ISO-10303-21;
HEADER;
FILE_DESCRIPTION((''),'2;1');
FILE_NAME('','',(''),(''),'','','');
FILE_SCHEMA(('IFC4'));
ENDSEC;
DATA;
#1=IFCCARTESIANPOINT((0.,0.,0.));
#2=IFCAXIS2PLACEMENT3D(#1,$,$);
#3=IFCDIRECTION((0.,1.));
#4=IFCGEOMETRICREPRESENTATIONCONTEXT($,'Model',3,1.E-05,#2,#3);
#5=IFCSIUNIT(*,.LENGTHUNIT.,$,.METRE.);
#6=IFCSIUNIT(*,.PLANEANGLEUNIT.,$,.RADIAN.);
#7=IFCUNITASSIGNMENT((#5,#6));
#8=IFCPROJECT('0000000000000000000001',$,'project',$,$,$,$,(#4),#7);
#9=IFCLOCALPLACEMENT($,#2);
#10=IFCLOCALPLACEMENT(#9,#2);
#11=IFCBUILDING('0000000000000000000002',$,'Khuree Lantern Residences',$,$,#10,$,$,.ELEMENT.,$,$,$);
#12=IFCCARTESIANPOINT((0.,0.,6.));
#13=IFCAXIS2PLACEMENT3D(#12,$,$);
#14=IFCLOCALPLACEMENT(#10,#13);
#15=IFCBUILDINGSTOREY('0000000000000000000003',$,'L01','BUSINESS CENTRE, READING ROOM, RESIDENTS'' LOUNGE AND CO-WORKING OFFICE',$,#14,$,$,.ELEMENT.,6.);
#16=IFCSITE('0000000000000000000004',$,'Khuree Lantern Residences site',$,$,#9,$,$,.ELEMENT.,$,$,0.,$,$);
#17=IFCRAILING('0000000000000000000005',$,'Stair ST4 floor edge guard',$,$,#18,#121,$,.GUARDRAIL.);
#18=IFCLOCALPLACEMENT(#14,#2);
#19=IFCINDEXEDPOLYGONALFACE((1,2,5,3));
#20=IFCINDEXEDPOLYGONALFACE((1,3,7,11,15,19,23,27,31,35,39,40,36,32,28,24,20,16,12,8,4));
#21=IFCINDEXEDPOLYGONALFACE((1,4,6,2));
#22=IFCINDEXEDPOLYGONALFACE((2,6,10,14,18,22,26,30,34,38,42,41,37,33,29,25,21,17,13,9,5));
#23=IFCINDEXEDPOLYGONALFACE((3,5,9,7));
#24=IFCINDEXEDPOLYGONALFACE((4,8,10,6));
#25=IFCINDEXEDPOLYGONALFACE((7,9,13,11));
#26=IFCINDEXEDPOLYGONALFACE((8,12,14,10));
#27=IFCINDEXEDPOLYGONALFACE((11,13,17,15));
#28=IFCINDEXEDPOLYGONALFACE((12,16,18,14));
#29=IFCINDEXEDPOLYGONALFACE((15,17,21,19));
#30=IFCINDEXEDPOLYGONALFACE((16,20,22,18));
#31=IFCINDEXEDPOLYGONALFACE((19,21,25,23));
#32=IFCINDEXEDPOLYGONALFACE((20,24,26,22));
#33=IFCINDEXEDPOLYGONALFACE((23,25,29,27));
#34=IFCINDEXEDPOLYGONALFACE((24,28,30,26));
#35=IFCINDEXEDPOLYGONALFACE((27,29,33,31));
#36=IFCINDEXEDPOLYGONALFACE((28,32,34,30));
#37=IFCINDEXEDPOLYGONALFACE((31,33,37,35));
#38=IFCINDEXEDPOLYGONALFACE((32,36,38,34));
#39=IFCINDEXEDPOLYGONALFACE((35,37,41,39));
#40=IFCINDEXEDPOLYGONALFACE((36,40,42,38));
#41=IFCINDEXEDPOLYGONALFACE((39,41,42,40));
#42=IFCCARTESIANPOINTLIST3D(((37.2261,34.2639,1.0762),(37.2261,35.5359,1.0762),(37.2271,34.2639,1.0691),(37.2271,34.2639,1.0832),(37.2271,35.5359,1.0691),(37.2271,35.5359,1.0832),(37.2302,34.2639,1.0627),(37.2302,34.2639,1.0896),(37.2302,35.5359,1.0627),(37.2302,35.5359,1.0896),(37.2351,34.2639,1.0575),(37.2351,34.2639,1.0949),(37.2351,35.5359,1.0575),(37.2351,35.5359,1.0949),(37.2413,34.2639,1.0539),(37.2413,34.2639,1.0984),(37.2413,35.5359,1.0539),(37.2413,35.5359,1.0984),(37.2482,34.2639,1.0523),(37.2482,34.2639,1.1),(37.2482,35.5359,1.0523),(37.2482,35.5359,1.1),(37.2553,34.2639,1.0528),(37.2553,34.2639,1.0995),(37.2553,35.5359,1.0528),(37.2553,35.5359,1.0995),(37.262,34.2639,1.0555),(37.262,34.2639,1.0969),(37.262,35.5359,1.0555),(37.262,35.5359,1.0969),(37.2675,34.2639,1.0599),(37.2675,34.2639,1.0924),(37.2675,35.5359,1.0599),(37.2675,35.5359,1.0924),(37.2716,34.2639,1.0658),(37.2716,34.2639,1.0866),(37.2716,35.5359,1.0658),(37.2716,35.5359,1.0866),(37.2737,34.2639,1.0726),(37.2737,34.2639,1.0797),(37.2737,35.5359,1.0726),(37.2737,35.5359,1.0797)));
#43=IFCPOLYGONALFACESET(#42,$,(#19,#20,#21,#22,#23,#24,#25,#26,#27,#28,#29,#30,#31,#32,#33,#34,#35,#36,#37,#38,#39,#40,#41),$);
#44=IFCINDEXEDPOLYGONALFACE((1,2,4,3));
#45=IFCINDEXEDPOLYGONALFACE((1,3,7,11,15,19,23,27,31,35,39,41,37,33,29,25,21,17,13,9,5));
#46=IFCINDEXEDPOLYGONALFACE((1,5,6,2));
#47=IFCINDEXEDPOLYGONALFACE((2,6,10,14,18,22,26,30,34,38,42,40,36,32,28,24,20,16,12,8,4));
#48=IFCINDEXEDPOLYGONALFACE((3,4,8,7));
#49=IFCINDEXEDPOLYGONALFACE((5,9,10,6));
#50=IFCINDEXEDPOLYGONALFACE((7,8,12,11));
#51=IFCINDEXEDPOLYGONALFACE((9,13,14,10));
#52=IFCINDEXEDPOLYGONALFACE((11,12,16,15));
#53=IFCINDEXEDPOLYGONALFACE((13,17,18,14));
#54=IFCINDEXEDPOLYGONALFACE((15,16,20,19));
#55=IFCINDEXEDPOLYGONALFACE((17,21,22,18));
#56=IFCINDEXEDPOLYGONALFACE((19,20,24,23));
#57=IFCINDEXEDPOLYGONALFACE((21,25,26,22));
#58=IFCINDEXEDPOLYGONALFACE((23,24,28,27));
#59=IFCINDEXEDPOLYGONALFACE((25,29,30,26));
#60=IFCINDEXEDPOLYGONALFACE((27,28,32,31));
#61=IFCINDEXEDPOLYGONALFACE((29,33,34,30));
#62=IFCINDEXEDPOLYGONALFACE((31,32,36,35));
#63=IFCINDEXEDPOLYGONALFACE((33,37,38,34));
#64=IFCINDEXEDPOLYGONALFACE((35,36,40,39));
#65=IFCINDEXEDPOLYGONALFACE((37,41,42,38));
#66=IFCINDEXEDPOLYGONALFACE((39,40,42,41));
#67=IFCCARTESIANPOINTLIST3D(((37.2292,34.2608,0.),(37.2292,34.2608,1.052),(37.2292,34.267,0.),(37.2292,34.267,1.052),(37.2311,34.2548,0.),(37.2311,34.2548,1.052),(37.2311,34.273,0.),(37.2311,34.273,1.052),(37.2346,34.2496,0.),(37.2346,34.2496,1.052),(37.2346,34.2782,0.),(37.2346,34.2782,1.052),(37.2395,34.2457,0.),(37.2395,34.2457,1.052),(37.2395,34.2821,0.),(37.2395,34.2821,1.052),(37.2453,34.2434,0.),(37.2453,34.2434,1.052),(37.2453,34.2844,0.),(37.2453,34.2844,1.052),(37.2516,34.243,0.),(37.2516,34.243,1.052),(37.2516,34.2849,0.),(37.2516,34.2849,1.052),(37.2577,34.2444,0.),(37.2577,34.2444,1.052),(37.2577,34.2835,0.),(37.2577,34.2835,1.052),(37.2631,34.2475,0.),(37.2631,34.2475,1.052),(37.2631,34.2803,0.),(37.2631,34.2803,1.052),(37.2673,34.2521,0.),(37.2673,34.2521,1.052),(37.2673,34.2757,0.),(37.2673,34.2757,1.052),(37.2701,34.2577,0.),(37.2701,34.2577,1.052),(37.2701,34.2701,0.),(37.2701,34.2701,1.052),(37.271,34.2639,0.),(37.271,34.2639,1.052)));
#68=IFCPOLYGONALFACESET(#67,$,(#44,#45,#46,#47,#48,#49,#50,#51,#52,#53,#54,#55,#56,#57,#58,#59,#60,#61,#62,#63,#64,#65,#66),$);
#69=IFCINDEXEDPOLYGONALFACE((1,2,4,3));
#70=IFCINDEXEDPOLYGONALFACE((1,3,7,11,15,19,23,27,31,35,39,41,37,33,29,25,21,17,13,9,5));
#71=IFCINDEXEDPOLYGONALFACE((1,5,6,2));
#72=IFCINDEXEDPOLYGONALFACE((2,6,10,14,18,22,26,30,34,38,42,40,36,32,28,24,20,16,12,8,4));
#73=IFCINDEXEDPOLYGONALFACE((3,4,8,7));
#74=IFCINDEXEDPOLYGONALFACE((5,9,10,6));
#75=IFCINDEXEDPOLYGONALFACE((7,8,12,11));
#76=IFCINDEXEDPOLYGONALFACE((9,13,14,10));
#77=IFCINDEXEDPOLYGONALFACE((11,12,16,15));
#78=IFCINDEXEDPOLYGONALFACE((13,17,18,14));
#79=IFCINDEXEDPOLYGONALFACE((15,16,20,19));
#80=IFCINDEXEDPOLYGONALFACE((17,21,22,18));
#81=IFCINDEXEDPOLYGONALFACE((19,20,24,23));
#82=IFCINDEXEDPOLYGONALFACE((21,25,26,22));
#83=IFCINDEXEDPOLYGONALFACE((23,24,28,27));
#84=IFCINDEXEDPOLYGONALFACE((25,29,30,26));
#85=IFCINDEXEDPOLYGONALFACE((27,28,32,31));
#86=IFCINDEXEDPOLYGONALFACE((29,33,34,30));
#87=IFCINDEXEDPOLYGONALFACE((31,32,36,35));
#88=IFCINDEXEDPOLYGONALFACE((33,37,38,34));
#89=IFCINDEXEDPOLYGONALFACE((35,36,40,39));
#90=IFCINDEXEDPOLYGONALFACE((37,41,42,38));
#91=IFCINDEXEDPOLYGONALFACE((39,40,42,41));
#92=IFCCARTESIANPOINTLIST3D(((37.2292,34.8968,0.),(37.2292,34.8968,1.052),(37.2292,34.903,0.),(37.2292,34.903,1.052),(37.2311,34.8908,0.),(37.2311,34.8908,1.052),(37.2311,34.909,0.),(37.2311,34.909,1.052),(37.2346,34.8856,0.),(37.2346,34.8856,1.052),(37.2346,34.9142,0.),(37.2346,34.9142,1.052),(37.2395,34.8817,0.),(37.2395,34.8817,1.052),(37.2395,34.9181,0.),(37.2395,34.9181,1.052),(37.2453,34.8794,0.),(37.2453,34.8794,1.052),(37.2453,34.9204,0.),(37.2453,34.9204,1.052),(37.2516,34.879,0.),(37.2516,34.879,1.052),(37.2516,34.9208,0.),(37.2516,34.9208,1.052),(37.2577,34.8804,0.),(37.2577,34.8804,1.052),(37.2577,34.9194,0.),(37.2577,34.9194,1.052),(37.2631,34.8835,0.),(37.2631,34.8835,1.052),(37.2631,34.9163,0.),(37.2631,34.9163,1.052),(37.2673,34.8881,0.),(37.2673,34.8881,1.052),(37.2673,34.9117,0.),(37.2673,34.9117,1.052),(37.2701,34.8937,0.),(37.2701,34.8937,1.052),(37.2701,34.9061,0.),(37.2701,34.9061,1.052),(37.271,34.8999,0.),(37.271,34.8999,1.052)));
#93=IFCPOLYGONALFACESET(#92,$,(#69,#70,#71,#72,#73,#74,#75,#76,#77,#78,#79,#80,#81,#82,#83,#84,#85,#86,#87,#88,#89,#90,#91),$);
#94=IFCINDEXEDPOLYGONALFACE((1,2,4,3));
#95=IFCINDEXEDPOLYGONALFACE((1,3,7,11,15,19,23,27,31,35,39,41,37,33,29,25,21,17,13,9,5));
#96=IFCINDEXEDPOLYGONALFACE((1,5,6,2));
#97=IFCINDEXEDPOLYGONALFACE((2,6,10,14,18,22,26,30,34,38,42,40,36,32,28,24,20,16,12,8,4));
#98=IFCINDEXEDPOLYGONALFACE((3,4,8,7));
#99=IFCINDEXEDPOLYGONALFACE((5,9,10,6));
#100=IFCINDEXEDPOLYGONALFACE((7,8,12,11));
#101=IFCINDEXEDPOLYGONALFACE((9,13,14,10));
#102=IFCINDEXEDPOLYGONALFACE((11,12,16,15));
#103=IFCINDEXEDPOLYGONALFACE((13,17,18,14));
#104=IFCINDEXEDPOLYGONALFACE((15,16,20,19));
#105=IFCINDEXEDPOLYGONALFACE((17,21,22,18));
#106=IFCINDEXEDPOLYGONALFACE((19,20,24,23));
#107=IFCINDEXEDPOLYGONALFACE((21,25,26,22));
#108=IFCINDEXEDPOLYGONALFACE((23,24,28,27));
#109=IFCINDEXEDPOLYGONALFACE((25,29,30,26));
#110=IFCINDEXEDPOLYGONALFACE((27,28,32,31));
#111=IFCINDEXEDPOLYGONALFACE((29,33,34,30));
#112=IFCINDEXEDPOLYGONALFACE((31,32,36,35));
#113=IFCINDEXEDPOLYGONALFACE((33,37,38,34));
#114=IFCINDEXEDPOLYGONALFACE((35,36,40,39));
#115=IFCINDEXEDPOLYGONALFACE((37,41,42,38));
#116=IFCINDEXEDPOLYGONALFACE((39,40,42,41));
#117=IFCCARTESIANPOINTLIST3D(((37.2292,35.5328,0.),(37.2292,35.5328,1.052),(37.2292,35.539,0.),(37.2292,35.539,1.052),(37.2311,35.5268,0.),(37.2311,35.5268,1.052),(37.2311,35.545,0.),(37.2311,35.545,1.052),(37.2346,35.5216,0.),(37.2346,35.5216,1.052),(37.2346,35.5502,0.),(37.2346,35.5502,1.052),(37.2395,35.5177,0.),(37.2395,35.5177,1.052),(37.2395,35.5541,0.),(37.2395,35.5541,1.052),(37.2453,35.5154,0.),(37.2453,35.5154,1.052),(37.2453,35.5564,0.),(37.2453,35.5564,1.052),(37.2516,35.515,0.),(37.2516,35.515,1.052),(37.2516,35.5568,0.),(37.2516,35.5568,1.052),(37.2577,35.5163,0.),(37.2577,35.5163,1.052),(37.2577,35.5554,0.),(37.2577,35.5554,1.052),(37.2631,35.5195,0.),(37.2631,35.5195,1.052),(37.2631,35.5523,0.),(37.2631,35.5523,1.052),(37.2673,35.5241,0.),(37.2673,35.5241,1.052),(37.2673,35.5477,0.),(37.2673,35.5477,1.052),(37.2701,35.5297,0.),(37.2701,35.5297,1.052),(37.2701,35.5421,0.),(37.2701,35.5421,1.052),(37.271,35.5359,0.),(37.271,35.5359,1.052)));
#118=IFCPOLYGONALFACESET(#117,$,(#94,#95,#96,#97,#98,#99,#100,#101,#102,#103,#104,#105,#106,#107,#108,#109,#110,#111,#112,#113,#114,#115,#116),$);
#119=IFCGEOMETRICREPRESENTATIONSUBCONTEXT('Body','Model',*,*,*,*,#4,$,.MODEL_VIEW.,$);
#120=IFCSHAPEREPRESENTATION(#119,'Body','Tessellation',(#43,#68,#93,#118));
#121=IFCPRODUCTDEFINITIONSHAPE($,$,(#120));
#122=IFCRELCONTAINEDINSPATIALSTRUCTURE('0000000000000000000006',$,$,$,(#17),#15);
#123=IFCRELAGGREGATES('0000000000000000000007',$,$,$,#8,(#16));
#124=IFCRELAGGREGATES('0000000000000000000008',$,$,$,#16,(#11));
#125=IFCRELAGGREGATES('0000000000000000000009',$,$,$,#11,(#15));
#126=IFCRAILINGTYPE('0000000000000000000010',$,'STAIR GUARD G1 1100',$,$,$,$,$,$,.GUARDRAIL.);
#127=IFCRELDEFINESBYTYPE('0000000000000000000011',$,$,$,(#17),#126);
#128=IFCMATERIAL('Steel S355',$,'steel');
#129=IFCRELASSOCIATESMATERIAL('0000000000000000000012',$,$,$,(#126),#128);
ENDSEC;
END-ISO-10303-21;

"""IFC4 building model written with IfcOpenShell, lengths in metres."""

from ifc_helpers import new_model, si_unit, direction, frame, origin, origin_2d, place, context, subcontext, project, spatial, circle, extrude, material, type_object, element, save


model = new_model("IFC4")

# Units and contexts
model_context = context("Model", 3, precision=1e-05, world=origin(), true_north=direction((0.0, 1.0)))
body_context = subcontext(model_context, "Body", "Model", "MODEL_VIEW")
ifc_project = project(units=[si_unit("LENGTHUNIT", "METRE"), si_unit("PLANEANGLEUNIT", "RADIAN")], contexts=[model_context])

# Site, building, storey
site_placement = place(None, origin())
site = spatial("IfcSite", under=ifc_project, at=site_placement, Name="Khuree Lantern Residences site", CompositionType="ELEMENT", RefElevation=0.0)
building_placement = place(site_placement, origin())
building = spatial("IfcBuilding", under=site, at=building_placement, Name="Khuree Lantern Residences", CompositionType="ELEMENT")
storey_placement = place(building_placement, frame((0.0, 0.0, 6.0)))
storey = spatial("IfcBuildingStorey", under=building, at=storey_placement, Name="L01", Description="BUSINESS CENTRE, READING ROOM, RESIDENTS' LOUNGE AND CO-WORKING OFFICE", CompositionType="ELEMENT", Elevation=6.0)

# Railing
ifc_material_1 = material(Name="Steel S355", Category="steel")
railing_type_1 = type_object("IfcRailingType", Name="STAIR GUARD G1 1100", PredefinedType="GUARDRAIL", material=ifc_material_1)
railing_1_placement = place(storey_placement, frame((37.25, 34.2639, 0.0)))
element("IfcRailing", 1, at=railing_1_placement, inside=storey, type_object=railing_type_1, Name="Stair ST4 floor edge guard", PredefinedType="GUARDRAIL", context=body_context, shape_type="SweptSolid", body=[
    extrude(circle(Radius=0.0239, at=origin_2d()), frame((0.0, 0.0, 1.0762), z_axis=(0.0, 1.0, 0.0), x_axis=(-1.0, 0.0, 0.0)), (0.0, 0.0, 1.0), 1.272),
    extrude(circle(Radius=0.021, at=origin_2d()), origin(), (0.0, 0.0, 1.0), 1.052),
    extrude(circle(Radius=0.021, at=origin_2d()), frame((0.0, 0.636, 0.0)), (0.0, 0.0, 1.0), 1.052),
    extrude(circle(Radius=0.021, at=origin_2d()), frame((0.0, 1.272, 0.0)), (0.0, 0.0, 1.0), 1.052),
])

save(model, "model.ifc")
